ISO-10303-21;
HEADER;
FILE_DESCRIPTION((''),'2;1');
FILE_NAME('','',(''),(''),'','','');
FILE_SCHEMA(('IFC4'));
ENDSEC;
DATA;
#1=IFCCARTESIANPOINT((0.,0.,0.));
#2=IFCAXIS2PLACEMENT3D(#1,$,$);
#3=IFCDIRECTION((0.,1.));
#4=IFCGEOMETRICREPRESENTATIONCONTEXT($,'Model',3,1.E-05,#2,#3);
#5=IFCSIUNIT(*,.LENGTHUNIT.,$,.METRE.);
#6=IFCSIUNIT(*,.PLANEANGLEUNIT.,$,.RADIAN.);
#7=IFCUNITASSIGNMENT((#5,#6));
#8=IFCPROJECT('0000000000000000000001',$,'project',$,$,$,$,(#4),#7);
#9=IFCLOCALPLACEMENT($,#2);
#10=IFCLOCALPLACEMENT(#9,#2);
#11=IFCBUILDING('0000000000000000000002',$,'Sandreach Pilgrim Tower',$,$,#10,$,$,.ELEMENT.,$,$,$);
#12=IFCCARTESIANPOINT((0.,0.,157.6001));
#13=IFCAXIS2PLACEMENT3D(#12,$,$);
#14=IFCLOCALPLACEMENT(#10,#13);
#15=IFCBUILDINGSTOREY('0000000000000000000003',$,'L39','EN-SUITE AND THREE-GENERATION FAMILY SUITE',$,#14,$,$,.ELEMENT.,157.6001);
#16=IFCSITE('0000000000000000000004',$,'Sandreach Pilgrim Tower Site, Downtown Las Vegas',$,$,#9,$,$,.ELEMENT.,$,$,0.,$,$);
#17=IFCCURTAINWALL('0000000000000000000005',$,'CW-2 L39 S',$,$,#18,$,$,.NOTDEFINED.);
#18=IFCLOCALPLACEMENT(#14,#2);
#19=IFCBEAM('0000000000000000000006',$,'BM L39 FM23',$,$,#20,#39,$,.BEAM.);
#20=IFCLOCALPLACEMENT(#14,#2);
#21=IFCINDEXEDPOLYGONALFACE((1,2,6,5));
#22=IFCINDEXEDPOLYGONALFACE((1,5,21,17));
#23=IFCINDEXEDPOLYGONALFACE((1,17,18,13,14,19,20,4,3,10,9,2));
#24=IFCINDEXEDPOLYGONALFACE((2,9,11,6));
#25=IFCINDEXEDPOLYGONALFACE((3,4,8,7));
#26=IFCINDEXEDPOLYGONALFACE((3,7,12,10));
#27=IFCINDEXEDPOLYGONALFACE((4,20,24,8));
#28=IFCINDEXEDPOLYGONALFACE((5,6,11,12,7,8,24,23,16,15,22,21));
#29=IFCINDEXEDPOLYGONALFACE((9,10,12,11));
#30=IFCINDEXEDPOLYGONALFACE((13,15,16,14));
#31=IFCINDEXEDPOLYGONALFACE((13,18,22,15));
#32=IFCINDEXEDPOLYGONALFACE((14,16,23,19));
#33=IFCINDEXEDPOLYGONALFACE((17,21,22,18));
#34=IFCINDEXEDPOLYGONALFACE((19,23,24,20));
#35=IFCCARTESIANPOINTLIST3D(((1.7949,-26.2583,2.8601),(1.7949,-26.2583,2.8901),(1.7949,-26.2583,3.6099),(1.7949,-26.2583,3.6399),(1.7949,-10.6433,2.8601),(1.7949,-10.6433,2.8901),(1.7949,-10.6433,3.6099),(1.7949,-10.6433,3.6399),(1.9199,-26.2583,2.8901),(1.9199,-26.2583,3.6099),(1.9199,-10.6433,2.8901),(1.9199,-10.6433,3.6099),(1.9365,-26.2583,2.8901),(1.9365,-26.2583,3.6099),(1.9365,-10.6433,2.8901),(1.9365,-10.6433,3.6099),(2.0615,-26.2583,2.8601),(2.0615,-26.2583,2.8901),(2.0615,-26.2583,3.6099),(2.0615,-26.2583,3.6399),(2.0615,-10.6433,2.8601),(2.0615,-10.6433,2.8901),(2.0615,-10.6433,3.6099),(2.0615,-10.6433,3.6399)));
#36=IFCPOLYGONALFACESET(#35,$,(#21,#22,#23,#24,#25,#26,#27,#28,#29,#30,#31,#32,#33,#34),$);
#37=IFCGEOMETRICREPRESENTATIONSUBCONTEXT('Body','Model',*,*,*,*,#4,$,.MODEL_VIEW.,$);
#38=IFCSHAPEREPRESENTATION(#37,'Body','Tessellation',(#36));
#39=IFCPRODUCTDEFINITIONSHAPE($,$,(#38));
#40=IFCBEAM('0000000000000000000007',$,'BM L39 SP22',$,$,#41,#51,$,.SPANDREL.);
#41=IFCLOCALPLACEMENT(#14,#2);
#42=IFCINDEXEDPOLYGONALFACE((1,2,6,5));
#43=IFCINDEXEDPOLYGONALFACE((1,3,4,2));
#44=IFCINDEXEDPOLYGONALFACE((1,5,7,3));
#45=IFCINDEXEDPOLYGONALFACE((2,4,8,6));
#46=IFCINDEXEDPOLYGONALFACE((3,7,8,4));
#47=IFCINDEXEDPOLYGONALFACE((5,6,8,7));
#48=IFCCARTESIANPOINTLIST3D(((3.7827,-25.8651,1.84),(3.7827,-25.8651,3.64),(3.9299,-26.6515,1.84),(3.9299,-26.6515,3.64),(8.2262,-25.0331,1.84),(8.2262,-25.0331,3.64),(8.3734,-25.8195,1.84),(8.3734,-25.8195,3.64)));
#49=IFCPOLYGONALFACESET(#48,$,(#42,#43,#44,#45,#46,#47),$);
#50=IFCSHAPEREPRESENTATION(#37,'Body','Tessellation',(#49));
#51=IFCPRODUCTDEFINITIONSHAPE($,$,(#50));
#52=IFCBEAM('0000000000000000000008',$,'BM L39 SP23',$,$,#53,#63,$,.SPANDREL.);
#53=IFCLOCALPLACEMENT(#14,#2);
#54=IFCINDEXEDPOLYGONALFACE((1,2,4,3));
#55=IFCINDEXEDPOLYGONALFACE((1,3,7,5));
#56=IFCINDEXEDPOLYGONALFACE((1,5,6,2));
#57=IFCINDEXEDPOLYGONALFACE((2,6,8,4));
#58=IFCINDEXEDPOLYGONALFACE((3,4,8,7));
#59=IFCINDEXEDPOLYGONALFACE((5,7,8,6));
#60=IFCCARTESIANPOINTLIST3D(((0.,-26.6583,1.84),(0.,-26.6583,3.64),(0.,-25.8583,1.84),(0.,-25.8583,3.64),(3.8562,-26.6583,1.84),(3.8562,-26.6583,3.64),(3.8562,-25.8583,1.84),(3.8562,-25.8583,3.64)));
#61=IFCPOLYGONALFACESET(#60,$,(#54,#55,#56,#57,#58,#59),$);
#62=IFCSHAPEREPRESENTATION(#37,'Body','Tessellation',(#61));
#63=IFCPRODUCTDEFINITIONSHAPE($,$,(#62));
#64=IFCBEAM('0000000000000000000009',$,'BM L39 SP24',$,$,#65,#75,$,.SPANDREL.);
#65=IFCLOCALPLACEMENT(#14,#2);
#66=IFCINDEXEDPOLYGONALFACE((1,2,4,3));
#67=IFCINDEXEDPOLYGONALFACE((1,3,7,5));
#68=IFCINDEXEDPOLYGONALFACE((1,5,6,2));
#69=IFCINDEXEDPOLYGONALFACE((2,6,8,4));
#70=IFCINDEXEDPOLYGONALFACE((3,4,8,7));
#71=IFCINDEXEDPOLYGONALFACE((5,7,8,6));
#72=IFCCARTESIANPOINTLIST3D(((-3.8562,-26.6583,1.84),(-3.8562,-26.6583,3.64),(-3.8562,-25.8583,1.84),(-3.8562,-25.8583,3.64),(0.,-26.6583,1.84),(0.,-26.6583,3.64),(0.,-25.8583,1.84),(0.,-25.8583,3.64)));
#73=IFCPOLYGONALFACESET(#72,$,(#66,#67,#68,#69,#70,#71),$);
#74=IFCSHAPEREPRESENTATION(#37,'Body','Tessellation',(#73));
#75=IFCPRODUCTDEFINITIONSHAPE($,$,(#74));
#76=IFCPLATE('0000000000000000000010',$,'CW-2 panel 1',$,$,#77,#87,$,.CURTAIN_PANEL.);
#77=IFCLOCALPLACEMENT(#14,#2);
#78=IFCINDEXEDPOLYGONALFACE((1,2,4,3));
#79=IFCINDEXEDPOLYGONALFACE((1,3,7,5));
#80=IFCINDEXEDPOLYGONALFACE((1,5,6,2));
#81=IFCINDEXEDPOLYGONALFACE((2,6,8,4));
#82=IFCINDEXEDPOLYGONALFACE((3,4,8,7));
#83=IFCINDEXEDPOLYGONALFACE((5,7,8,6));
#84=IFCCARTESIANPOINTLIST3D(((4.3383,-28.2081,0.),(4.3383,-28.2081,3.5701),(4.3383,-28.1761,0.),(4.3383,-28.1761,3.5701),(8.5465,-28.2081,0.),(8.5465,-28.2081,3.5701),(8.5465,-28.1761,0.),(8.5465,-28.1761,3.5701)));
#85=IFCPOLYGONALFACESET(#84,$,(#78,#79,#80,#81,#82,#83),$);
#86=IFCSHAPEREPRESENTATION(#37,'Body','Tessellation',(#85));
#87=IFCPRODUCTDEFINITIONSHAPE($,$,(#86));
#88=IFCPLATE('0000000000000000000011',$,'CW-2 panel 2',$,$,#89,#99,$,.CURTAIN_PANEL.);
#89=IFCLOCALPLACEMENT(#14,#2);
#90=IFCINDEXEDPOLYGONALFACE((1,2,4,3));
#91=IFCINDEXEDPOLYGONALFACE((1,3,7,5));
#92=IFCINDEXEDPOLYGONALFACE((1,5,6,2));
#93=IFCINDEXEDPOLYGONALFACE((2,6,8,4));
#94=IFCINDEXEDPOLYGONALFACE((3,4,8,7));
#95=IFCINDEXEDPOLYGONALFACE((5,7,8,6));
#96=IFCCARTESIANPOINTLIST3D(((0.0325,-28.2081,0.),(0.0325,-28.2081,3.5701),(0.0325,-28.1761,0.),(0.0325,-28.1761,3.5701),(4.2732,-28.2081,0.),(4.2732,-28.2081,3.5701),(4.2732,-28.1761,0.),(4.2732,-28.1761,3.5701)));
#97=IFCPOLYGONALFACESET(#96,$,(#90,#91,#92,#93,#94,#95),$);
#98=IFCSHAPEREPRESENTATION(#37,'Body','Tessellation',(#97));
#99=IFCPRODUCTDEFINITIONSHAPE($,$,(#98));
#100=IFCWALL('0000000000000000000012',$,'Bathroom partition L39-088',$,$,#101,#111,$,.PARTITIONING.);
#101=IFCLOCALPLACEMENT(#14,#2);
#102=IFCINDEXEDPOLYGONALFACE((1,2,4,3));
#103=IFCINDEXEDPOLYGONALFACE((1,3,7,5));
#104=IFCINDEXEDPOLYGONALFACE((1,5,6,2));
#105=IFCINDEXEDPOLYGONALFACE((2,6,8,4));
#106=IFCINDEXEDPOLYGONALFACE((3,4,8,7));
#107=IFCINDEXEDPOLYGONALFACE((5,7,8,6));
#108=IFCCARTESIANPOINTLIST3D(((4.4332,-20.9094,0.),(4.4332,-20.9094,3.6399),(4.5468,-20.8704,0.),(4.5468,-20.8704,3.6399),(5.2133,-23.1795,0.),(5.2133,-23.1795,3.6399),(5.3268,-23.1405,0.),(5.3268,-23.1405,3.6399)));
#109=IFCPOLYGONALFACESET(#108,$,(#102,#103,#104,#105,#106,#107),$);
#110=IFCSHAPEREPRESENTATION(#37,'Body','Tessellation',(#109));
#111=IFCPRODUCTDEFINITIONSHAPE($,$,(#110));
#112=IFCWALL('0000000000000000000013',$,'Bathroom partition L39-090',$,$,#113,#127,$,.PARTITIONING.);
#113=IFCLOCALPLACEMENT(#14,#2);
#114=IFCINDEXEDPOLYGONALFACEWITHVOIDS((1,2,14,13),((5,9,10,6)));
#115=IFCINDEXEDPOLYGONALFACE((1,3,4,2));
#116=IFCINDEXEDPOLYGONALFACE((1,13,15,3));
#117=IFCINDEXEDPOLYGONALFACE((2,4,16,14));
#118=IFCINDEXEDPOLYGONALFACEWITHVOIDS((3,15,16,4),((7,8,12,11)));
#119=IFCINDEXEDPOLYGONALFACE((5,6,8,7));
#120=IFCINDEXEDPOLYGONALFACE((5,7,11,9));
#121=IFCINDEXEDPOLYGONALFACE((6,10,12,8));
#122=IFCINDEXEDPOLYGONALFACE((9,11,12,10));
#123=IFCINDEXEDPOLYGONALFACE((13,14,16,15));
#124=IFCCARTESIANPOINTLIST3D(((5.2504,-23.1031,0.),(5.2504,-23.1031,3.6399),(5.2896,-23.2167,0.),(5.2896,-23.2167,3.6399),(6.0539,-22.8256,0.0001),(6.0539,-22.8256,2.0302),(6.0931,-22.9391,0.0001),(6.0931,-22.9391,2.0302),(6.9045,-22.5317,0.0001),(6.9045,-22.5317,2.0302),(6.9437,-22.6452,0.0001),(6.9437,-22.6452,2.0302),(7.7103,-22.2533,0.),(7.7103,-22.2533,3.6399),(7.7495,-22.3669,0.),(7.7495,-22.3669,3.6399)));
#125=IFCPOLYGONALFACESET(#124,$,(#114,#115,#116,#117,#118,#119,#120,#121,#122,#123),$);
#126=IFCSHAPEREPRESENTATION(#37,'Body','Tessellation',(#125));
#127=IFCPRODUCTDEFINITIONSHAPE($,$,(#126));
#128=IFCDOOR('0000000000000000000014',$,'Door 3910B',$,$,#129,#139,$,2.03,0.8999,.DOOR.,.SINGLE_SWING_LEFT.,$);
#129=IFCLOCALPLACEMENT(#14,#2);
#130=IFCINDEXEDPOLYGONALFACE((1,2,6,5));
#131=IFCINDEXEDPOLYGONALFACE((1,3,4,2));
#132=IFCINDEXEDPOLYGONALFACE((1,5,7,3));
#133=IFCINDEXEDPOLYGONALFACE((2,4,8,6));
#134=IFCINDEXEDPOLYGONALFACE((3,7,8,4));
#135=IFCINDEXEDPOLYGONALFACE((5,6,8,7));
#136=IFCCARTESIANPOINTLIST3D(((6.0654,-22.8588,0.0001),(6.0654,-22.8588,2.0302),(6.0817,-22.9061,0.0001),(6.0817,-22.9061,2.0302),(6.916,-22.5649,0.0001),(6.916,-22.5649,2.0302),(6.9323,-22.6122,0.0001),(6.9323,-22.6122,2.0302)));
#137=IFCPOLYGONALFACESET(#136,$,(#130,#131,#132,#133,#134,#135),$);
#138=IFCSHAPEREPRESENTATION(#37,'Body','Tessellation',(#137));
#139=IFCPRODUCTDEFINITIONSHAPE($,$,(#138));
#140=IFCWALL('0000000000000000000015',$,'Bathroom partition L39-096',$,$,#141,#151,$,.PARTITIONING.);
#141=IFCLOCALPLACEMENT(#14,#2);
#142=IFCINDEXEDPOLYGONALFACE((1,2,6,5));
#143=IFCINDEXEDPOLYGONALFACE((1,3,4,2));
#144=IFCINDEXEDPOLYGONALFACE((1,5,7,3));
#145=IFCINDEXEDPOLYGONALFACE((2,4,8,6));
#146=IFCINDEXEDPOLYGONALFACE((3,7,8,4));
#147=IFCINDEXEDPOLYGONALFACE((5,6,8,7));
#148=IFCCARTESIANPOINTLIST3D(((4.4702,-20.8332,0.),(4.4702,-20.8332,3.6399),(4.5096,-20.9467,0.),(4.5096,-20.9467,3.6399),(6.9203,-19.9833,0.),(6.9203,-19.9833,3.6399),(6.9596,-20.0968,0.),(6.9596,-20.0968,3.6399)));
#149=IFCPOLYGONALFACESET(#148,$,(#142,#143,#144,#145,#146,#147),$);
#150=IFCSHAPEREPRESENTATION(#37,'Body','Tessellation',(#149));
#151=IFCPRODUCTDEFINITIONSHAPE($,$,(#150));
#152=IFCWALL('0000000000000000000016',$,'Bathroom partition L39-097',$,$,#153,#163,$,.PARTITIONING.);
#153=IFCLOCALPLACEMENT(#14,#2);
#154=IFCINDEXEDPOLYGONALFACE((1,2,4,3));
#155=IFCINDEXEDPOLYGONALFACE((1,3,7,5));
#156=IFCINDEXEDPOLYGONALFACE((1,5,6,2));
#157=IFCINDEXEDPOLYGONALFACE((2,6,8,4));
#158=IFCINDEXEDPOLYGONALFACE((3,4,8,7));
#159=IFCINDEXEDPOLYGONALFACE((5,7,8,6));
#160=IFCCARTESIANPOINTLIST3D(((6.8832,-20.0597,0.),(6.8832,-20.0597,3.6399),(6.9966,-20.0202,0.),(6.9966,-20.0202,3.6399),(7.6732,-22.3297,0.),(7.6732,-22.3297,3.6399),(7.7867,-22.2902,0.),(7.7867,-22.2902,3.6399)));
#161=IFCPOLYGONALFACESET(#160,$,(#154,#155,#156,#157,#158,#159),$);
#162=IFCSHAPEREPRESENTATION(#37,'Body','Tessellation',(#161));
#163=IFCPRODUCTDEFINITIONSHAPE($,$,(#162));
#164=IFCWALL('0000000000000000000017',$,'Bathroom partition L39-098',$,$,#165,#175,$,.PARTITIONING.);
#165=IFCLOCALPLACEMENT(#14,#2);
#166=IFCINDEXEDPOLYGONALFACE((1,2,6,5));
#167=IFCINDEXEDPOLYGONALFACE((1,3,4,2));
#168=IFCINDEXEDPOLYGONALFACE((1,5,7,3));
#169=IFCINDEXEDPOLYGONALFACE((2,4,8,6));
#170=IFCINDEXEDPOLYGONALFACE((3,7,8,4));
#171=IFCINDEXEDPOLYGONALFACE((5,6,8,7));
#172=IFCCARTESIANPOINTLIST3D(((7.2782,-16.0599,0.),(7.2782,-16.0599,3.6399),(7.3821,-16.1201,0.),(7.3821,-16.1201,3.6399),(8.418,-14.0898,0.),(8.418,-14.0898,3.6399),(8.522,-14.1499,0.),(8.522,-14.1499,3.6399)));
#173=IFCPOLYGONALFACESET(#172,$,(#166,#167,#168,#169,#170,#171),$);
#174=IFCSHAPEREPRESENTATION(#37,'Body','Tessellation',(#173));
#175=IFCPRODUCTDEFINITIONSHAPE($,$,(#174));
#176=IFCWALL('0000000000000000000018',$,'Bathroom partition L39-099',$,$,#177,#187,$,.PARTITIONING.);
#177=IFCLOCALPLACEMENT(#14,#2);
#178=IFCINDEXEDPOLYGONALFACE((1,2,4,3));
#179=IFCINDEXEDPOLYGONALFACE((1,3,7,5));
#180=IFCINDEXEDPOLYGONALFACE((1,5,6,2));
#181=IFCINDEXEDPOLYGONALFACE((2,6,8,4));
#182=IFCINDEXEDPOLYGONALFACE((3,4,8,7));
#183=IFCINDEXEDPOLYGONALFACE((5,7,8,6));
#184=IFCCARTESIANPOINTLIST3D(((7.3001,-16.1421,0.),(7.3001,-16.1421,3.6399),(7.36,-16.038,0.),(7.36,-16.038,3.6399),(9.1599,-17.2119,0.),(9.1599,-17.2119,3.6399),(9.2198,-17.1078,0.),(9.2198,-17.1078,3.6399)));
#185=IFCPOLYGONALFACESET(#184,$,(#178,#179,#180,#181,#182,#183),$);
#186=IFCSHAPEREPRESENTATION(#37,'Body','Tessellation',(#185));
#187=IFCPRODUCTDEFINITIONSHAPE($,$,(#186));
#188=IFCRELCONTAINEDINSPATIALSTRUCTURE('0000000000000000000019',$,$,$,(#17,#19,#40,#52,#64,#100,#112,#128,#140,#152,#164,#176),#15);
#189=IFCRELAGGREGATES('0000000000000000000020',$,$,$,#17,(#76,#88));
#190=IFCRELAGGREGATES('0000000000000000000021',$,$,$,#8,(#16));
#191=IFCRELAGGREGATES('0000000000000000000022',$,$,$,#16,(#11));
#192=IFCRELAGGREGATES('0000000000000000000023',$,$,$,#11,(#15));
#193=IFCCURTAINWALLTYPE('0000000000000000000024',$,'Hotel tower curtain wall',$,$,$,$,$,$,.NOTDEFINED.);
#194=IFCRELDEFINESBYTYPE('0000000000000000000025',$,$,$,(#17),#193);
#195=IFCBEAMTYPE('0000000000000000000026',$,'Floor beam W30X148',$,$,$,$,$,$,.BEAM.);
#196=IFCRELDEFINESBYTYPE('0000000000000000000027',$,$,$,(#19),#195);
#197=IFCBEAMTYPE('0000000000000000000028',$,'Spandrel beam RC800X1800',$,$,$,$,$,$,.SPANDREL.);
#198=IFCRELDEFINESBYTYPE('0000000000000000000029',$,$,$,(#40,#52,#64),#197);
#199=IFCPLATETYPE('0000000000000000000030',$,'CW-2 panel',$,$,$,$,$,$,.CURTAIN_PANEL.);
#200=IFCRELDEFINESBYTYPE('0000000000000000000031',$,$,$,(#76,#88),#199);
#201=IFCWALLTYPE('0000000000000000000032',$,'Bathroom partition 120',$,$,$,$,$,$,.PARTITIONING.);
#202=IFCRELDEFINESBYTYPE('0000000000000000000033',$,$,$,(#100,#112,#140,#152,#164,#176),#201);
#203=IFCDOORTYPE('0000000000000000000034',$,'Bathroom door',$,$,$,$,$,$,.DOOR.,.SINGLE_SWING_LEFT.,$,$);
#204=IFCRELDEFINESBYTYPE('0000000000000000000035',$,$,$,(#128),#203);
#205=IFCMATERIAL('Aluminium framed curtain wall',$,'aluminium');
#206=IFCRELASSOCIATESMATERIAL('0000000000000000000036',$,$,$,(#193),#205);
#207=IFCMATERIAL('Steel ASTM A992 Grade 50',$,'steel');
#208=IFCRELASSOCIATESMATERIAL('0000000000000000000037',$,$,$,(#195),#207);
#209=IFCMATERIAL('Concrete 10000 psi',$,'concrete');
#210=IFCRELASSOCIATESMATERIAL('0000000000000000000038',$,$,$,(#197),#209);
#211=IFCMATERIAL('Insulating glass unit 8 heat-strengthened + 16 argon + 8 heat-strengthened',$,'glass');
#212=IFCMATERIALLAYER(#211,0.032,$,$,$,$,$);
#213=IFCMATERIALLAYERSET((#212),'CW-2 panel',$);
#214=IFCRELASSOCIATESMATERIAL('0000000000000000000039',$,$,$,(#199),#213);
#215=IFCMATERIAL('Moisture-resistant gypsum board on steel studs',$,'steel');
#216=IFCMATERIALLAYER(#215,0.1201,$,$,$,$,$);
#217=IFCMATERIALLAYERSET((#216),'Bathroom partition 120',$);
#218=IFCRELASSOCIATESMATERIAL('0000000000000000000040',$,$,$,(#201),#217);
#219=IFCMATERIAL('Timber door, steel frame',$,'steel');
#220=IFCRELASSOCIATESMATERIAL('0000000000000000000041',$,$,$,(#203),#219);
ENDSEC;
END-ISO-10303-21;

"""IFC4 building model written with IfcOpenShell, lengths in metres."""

from ifc_helpers import new_model, si_unit, direction, frame, frame_2d, origin, origin_2d, place, context, subcontext, project, spatial, rectangle, i_section, extrude, material, layer, layer_set, material_profile, profile_set, type_object, element, fill, aggregate, save


model = new_model("IFC4")

# Units and contexts
model_context = context("Model", 3, precision=1e-05, world=origin(), true_north=direction((0.0, 1.0)))
body_context = subcontext(model_context, "Body", "Model", "MODEL_VIEW")
ifc_project = project(units=[si_unit("LENGTHUNIT", "METRE"), si_unit("PLANEANGLEUNIT", "RADIAN")], contexts=[model_context])

# Site, building, storey
site_placement = place(None, origin())
site = spatial("IfcSite", under=ifc_project, at=site_placement, Name="Sandreach Pilgrim Tower Site, Downtown Las Vegas", CompositionType="ELEMENT", RefElevation=0.0)
building_placement = place(site_placement, origin())
building = spatial("IfcBuilding", under=site, at=building_placement, Name="Sandreach Pilgrim Tower", CompositionType="ELEMENT")
storey_placement = place(building_placement, frame((0.0, 0.0, 157.6001)))
storey = spatial("IfcBuildingStorey", under=building, at=storey_placement, Name="L39", Description="EN-SUITE AND THREE-GENERATION FAMILY SUITE", CompositionType="ELEMENT", Elevation=157.6001)

# Curtain wall
ifc_material_1 = material(Name="Aluminium framed curtain wall", Category="aluminium")
curtain_wall_type = type_object("IfcCurtainWallType", Name="Hotel tower curtain wall", PredefinedType="NOTDEFINED", material=ifc_material_1)
curtain_wall_placement = place(storey_placement, origin())
curtain_wall = element("IfcCurtainWall", 1, at=curtain_wall_placement, inside=storey, type_object=curtain_wall_type, Name="CW-2 L39 S", PredefinedType="NOTDEFINED")

# Beams
ifc_material_2 = material(Name="Steel ASTM A992 Grade 50", Category="steel")
ifc_material_profile_1 = material_profile(ifc_material_2, i_section(OverallWidth=0.2666, OverallDepth=0.7798, WebThickness=0.0166, FlangeThickness=0.03, at=origin_2d()), Name="W30X148")
ifc_profile_set_1 = profile_set([ifc_material_profile_1], Name="Steel ASTM A992 Grade 50")
beam_type_1 = type_object("IfcBeamType", Name="Floor beam W30X148", PredefinedType="BEAM", material=ifc_profile_set_1)
beam_1_placement = place(storey_placement, frame((1.9282, -26.2583, 3.25), z_axis=(0.0, 1.0, 0.0), x_axis=(-1.0, 0.0, 0.0)))
element("IfcBeam", 2, at=beam_1_placement, inside=storey, type_object=beam_type_1, Name="BM L39 FM23", PredefinedType="BEAM", context=body_context, shape_type="SweptSolid", body=[
    extrude(i_section(OverallWidth=0.2666, OverallDepth=0.7798, WebThickness=0.0166, FlangeThickness=0.03, at=origin_2d()), origin(), (0.0, 0.0, 1.0), 15.615),
])
ifc_material_3 = material(Name="Concrete 10000 psi", Category="concrete")
ifc_material_profile_2 = material_profile(ifc_material_3, rectangle(XDim=0.8, YDim=1.8, at=origin_2d()), Name="RC800X1800")
ifc_profile_set_2 = profile_set([ifc_material_profile_2], Name="Concrete 10000 psi")
beam_type_2 = type_object("IfcBeamType", Name="Spandrel beam RC800X1800", PredefinedType="SPANDREL", material=ifc_profile_set_2)
beam_2_placement = place(storey_placement, frame((8.2998, -25.4263, 2.74), z_axis=(-0.982918, -0.184044, 0.0), x_axis=(0.184044, -0.982918, 0.0)))
element("IfcBeam", 3, at=beam_2_placement, inside=storey, type_object=beam_type_2, Name="BM L39 SP22", PredefinedType="SPANDREL", context=body_context, shape_type="SweptSolid", body=[
    extrude(rectangle(XDim=0.8, YDim=1.8, at=origin_2d()), origin(), (0.0, 0.0, 1.0), 4.5208),
])
for number, where, z_axis, x_axis, name in (
    (4, (3.8562, -26.2583, 2.74), (-1.0, 0.0, 0.0), (0.0, -1.0, 0.0), "BM L39 SP23"),
    (5, (0.0, -26.2583, 2.74), (-1.0, 0.0, 0.0), (0.0, -1.0, 0.0), "BM L39 SP24"),
):
    element("IfcBeam", number, at=place(storey_placement, frame(where, z_axis=z_axis, x_axis=x_axis)), inside=storey, type_object=beam_type_2, Name=name, PredefinedType="SPANDREL", context=body_context, shape_type="SweptSolid", body=[
        extrude(rectangle(XDim=0.8, YDim=1.8, at=origin_2d()), origin(), (0.0, 0.0, 1.0), 3.8562),
    ])

# Plates
ifc_material_4 = material(Name="Insulating glass unit 8 heat-strengthened + 16 argon + 8 heat-strengthened", Category="glass")
ifc_layer_1 = layer(ifc_material_4, 0.032)
ifc_layer_set_1 = layer_set([ifc_layer_1], Name="CW-2 panel")
plate_type = type_object("IfcPlateType", Name="CW-2 panel", PredefinedType="CURTAIN_PANEL", material=ifc_layer_set_1)
plate_1_placement = place(storey_placement, frame((6.4424, -28.1921, 0.0), z_axis=(0.0, 0.0, 1.0), x_axis=(-1.0, 0.0, 0.0)))
plate_1 = element("IfcPlate", 6, at=plate_1_placement, type_object=plate_type, Name="CW-2 panel 1", PredefinedType="CURTAIN_PANEL", context=body_context, shape_type="SweptSolid", body=[
    extrude(rectangle(XDim=4.2083, YDim=0.032, at=origin_2d()), origin(), (0.0, 0.0, 1.0), 3.5701),
])
plate_2_placement = place(storey_placement, frame((2.1528, -28.1921, 0.0), z_axis=(0.0, 0.0, 1.0), x_axis=(-1.0, 0.0, 0.0)))
plate_2 = element("IfcPlate", 7, at=plate_2_placement, type_object=plate_type, Name="CW-2 panel 2", PredefinedType="CURTAIN_PANEL", context=body_context, shape_type="SweptSolid", body=[
    extrude(rectangle(XDim=4.2407, YDim=0.032, at=origin_2d()), origin(), (0.0, 0.0, 1.0), 3.5701),
])
aggregate(curtain_wall, [plate_1, plate_2])

# Wall
ifc_material_5 = material(Name="Moisture-resistant gypsum board on steel studs", Category="steel")
ifc_layer_2 = layer(ifc_material_5, 0.1201)
ifc_layer_set_2 = layer_set([ifc_layer_2], Name="Bathroom partition 120")
wall_type_1 = type_object("IfcWallType", Name="Bathroom partition 120", PredefinedType="PARTITIONING", material=ifc_layer_set_2)
wall_1_placement = place(storey_placement, frame((4.49, -20.8899, 0.0), z_axis=(0.0, 0.0, 1.0), x_axis=(0.324972, -0.945724, 0.0)))
element("IfcWall", 8, at=wall_1_placement, inside=storey, type_object=wall_type_1, Name="Bathroom partition L39-088", PredefinedType="PARTITIONING", context=body_context, shape_type="SweptSolid", body=[
    extrude(rectangle(XDim=2.4004, YDim=0.1201, at=frame_2d((1.2002, 0.0))), origin(), (0.0, 0.0, 1.0), 3.6399),
])

# Wall, opening, door
wall_2_placement = place(storey_placement, frame((5.27, -23.1599, 0.0), z_axis=(0.0, 0.0, 1.0), x_axis=(0.945184, 0.326537, 0.0)))
wall_2 = element("IfcWall", 9, at=wall_2_placement, inside=storey, type_object=wall_type_1, Name="Bathroom partition L39-090", PredefinedType="PARTITIONING", context=body_context, shape_type="SweptSolid", body=[
    extrude(rectangle(XDim=2.6025, YDim=0.1201, at=frame_2d((1.3013, 0.0))), origin(), (0.0, 0.0, 1.0), 3.6399),
])
opening_1_placement = place(wall_2_placement, frame((0.8501, 0.0, 0.0)))
opening_1 = element("IfcOpeningElement", 10, at=opening_1_placement, cuts=wall_2, PredefinedType="OPENING", context=body_context, shape_type="SweptSolid", body=[
    extrude(rectangle(XDim=0.8999, YDim=2.03, at=frame_2d((0.45, 1.0151))), frame((0.0, 0.0601, 0.0), z_axis=(0.0, -1.0, 0.0), x_axis=(1.0, 0.0, 0.0)), (0.0, 0.0, 1.0), 0.1201),
])
ifc_material_6 = material(Name="Timber door, steel frame", Category="steel")
door_type_1 = type_object("IfcDoorType", Name="Bathroom door", OperationType="SINGLE_SWING_LEFT", PredefinedType="DOOR", material=ifc_material_6)
door_1_placement = place(opening_1_placement, origin())
door_1 = element("IfcDoor", 11, at=door_1_placement, inside=storey, type_object=door_type_1, Name="Door 3910B", OperationType="SINGLE_SWING_LEFT", OverallHeight=2.03, OverallWidth=0.8999, PredefinedType="DOOR", context=body_context, shape_type="SweptSolid", body=[
    extrude(rectangle(XDim=0.8999, YDim=2.03, at=frame_2d((0.45, 1.0151))), frame((0.0, 0.0249, 0.0), z_axis=(0.0, -1.0, 0.0), x_axis=(1.0, 0.0, 0.0)), (0.0, 0.0, 1.0), 0.05),
])
fill(opening_1, door_1)

# Walls
wall_3_placement = place(storey_placement, frame((6.9399, -20.04, 0.0), z_axis=(0.0, 0.0, 1.0), x_axis=(-0.944772, -0.327728, 0.0)))
element("IfcWall", 12, at=wall_3_placement, inside=storey, type_object=wall_type_1, Name="Bathroom partition L39-096", PredefinedType="PARTITIONING", context=body_context, shape_type="SweptSolid", body=[
    extrude(rectangle(XDim=2.5933, YDim=0.1201, at=frame_2d((1.2966, 0.0))), origin(), (0.0, 0.0, 1.0), 3.6399),
])
wall_4_placement = place(storey_placement, frame((6.9399, -20.04, 0.0), z_axis=(0.0, 0.0, 1.0), x_axis=(0.328694, -0.944436, 0.0)))
element("IfcWall", 13, at=wall_4_placement, inside=storey, type_object=wall_type_1, Name="Bathroom partition L39-097", PredefinedType="PARTITIONING", context=body_context, shape_type="SweptSolid", body=[
    extrude(rectangle(XDim=2.4036, YDim=0.1201, at=frame_2d((1.2017, 0.0))), origin(), (0.0, 0.0, 1.0), 3.6399),
])
wall_5_placement = place(storey_placement, frame((7.3301, -16.0901, 0.0), z_axis=(0.0, 0.0, 1.0), x_axis=(0.500787, 0.865571, 0.0)))
element("IfcWall", 14, at=wall_5_placement, inside=storey, type_object=wall_type_1, Name="Bathroom partition L39-098", PredefinedType="PARTITIONING", context=body_context, shape_type="SweptSolid", body=[
    extrude(rectangle(XDim=2.2761, YDim=0.1201, at=frame_2d((1.1382, 0.0))), origin(), (0.0, 0.0, 1.0), 3.6399),
])
wall_6_placement = place(storey_placement, frame((7.3301, -16.0901, 0.0), z_axis=(0.0, 0.0, 1.0), x_axis=(0.866825, -0.498612, 0.0)))
element("IfcWall", 15, at=wall_6_placement, inside=storey, type_object=wall_type_1, Name="Bathroom partition L39-099", PredefinedType="PARTITIONING", context=body_context, shape_type="SweptSolid", body=[
    extrude(rectangle(XDim=2.1455, YDim=0.1201, at=frame_2d((1.0728, 0.0))), origin(), (0.0, 0.0, 1.0), 3.6399),
])

save(model, "model.ifc")
